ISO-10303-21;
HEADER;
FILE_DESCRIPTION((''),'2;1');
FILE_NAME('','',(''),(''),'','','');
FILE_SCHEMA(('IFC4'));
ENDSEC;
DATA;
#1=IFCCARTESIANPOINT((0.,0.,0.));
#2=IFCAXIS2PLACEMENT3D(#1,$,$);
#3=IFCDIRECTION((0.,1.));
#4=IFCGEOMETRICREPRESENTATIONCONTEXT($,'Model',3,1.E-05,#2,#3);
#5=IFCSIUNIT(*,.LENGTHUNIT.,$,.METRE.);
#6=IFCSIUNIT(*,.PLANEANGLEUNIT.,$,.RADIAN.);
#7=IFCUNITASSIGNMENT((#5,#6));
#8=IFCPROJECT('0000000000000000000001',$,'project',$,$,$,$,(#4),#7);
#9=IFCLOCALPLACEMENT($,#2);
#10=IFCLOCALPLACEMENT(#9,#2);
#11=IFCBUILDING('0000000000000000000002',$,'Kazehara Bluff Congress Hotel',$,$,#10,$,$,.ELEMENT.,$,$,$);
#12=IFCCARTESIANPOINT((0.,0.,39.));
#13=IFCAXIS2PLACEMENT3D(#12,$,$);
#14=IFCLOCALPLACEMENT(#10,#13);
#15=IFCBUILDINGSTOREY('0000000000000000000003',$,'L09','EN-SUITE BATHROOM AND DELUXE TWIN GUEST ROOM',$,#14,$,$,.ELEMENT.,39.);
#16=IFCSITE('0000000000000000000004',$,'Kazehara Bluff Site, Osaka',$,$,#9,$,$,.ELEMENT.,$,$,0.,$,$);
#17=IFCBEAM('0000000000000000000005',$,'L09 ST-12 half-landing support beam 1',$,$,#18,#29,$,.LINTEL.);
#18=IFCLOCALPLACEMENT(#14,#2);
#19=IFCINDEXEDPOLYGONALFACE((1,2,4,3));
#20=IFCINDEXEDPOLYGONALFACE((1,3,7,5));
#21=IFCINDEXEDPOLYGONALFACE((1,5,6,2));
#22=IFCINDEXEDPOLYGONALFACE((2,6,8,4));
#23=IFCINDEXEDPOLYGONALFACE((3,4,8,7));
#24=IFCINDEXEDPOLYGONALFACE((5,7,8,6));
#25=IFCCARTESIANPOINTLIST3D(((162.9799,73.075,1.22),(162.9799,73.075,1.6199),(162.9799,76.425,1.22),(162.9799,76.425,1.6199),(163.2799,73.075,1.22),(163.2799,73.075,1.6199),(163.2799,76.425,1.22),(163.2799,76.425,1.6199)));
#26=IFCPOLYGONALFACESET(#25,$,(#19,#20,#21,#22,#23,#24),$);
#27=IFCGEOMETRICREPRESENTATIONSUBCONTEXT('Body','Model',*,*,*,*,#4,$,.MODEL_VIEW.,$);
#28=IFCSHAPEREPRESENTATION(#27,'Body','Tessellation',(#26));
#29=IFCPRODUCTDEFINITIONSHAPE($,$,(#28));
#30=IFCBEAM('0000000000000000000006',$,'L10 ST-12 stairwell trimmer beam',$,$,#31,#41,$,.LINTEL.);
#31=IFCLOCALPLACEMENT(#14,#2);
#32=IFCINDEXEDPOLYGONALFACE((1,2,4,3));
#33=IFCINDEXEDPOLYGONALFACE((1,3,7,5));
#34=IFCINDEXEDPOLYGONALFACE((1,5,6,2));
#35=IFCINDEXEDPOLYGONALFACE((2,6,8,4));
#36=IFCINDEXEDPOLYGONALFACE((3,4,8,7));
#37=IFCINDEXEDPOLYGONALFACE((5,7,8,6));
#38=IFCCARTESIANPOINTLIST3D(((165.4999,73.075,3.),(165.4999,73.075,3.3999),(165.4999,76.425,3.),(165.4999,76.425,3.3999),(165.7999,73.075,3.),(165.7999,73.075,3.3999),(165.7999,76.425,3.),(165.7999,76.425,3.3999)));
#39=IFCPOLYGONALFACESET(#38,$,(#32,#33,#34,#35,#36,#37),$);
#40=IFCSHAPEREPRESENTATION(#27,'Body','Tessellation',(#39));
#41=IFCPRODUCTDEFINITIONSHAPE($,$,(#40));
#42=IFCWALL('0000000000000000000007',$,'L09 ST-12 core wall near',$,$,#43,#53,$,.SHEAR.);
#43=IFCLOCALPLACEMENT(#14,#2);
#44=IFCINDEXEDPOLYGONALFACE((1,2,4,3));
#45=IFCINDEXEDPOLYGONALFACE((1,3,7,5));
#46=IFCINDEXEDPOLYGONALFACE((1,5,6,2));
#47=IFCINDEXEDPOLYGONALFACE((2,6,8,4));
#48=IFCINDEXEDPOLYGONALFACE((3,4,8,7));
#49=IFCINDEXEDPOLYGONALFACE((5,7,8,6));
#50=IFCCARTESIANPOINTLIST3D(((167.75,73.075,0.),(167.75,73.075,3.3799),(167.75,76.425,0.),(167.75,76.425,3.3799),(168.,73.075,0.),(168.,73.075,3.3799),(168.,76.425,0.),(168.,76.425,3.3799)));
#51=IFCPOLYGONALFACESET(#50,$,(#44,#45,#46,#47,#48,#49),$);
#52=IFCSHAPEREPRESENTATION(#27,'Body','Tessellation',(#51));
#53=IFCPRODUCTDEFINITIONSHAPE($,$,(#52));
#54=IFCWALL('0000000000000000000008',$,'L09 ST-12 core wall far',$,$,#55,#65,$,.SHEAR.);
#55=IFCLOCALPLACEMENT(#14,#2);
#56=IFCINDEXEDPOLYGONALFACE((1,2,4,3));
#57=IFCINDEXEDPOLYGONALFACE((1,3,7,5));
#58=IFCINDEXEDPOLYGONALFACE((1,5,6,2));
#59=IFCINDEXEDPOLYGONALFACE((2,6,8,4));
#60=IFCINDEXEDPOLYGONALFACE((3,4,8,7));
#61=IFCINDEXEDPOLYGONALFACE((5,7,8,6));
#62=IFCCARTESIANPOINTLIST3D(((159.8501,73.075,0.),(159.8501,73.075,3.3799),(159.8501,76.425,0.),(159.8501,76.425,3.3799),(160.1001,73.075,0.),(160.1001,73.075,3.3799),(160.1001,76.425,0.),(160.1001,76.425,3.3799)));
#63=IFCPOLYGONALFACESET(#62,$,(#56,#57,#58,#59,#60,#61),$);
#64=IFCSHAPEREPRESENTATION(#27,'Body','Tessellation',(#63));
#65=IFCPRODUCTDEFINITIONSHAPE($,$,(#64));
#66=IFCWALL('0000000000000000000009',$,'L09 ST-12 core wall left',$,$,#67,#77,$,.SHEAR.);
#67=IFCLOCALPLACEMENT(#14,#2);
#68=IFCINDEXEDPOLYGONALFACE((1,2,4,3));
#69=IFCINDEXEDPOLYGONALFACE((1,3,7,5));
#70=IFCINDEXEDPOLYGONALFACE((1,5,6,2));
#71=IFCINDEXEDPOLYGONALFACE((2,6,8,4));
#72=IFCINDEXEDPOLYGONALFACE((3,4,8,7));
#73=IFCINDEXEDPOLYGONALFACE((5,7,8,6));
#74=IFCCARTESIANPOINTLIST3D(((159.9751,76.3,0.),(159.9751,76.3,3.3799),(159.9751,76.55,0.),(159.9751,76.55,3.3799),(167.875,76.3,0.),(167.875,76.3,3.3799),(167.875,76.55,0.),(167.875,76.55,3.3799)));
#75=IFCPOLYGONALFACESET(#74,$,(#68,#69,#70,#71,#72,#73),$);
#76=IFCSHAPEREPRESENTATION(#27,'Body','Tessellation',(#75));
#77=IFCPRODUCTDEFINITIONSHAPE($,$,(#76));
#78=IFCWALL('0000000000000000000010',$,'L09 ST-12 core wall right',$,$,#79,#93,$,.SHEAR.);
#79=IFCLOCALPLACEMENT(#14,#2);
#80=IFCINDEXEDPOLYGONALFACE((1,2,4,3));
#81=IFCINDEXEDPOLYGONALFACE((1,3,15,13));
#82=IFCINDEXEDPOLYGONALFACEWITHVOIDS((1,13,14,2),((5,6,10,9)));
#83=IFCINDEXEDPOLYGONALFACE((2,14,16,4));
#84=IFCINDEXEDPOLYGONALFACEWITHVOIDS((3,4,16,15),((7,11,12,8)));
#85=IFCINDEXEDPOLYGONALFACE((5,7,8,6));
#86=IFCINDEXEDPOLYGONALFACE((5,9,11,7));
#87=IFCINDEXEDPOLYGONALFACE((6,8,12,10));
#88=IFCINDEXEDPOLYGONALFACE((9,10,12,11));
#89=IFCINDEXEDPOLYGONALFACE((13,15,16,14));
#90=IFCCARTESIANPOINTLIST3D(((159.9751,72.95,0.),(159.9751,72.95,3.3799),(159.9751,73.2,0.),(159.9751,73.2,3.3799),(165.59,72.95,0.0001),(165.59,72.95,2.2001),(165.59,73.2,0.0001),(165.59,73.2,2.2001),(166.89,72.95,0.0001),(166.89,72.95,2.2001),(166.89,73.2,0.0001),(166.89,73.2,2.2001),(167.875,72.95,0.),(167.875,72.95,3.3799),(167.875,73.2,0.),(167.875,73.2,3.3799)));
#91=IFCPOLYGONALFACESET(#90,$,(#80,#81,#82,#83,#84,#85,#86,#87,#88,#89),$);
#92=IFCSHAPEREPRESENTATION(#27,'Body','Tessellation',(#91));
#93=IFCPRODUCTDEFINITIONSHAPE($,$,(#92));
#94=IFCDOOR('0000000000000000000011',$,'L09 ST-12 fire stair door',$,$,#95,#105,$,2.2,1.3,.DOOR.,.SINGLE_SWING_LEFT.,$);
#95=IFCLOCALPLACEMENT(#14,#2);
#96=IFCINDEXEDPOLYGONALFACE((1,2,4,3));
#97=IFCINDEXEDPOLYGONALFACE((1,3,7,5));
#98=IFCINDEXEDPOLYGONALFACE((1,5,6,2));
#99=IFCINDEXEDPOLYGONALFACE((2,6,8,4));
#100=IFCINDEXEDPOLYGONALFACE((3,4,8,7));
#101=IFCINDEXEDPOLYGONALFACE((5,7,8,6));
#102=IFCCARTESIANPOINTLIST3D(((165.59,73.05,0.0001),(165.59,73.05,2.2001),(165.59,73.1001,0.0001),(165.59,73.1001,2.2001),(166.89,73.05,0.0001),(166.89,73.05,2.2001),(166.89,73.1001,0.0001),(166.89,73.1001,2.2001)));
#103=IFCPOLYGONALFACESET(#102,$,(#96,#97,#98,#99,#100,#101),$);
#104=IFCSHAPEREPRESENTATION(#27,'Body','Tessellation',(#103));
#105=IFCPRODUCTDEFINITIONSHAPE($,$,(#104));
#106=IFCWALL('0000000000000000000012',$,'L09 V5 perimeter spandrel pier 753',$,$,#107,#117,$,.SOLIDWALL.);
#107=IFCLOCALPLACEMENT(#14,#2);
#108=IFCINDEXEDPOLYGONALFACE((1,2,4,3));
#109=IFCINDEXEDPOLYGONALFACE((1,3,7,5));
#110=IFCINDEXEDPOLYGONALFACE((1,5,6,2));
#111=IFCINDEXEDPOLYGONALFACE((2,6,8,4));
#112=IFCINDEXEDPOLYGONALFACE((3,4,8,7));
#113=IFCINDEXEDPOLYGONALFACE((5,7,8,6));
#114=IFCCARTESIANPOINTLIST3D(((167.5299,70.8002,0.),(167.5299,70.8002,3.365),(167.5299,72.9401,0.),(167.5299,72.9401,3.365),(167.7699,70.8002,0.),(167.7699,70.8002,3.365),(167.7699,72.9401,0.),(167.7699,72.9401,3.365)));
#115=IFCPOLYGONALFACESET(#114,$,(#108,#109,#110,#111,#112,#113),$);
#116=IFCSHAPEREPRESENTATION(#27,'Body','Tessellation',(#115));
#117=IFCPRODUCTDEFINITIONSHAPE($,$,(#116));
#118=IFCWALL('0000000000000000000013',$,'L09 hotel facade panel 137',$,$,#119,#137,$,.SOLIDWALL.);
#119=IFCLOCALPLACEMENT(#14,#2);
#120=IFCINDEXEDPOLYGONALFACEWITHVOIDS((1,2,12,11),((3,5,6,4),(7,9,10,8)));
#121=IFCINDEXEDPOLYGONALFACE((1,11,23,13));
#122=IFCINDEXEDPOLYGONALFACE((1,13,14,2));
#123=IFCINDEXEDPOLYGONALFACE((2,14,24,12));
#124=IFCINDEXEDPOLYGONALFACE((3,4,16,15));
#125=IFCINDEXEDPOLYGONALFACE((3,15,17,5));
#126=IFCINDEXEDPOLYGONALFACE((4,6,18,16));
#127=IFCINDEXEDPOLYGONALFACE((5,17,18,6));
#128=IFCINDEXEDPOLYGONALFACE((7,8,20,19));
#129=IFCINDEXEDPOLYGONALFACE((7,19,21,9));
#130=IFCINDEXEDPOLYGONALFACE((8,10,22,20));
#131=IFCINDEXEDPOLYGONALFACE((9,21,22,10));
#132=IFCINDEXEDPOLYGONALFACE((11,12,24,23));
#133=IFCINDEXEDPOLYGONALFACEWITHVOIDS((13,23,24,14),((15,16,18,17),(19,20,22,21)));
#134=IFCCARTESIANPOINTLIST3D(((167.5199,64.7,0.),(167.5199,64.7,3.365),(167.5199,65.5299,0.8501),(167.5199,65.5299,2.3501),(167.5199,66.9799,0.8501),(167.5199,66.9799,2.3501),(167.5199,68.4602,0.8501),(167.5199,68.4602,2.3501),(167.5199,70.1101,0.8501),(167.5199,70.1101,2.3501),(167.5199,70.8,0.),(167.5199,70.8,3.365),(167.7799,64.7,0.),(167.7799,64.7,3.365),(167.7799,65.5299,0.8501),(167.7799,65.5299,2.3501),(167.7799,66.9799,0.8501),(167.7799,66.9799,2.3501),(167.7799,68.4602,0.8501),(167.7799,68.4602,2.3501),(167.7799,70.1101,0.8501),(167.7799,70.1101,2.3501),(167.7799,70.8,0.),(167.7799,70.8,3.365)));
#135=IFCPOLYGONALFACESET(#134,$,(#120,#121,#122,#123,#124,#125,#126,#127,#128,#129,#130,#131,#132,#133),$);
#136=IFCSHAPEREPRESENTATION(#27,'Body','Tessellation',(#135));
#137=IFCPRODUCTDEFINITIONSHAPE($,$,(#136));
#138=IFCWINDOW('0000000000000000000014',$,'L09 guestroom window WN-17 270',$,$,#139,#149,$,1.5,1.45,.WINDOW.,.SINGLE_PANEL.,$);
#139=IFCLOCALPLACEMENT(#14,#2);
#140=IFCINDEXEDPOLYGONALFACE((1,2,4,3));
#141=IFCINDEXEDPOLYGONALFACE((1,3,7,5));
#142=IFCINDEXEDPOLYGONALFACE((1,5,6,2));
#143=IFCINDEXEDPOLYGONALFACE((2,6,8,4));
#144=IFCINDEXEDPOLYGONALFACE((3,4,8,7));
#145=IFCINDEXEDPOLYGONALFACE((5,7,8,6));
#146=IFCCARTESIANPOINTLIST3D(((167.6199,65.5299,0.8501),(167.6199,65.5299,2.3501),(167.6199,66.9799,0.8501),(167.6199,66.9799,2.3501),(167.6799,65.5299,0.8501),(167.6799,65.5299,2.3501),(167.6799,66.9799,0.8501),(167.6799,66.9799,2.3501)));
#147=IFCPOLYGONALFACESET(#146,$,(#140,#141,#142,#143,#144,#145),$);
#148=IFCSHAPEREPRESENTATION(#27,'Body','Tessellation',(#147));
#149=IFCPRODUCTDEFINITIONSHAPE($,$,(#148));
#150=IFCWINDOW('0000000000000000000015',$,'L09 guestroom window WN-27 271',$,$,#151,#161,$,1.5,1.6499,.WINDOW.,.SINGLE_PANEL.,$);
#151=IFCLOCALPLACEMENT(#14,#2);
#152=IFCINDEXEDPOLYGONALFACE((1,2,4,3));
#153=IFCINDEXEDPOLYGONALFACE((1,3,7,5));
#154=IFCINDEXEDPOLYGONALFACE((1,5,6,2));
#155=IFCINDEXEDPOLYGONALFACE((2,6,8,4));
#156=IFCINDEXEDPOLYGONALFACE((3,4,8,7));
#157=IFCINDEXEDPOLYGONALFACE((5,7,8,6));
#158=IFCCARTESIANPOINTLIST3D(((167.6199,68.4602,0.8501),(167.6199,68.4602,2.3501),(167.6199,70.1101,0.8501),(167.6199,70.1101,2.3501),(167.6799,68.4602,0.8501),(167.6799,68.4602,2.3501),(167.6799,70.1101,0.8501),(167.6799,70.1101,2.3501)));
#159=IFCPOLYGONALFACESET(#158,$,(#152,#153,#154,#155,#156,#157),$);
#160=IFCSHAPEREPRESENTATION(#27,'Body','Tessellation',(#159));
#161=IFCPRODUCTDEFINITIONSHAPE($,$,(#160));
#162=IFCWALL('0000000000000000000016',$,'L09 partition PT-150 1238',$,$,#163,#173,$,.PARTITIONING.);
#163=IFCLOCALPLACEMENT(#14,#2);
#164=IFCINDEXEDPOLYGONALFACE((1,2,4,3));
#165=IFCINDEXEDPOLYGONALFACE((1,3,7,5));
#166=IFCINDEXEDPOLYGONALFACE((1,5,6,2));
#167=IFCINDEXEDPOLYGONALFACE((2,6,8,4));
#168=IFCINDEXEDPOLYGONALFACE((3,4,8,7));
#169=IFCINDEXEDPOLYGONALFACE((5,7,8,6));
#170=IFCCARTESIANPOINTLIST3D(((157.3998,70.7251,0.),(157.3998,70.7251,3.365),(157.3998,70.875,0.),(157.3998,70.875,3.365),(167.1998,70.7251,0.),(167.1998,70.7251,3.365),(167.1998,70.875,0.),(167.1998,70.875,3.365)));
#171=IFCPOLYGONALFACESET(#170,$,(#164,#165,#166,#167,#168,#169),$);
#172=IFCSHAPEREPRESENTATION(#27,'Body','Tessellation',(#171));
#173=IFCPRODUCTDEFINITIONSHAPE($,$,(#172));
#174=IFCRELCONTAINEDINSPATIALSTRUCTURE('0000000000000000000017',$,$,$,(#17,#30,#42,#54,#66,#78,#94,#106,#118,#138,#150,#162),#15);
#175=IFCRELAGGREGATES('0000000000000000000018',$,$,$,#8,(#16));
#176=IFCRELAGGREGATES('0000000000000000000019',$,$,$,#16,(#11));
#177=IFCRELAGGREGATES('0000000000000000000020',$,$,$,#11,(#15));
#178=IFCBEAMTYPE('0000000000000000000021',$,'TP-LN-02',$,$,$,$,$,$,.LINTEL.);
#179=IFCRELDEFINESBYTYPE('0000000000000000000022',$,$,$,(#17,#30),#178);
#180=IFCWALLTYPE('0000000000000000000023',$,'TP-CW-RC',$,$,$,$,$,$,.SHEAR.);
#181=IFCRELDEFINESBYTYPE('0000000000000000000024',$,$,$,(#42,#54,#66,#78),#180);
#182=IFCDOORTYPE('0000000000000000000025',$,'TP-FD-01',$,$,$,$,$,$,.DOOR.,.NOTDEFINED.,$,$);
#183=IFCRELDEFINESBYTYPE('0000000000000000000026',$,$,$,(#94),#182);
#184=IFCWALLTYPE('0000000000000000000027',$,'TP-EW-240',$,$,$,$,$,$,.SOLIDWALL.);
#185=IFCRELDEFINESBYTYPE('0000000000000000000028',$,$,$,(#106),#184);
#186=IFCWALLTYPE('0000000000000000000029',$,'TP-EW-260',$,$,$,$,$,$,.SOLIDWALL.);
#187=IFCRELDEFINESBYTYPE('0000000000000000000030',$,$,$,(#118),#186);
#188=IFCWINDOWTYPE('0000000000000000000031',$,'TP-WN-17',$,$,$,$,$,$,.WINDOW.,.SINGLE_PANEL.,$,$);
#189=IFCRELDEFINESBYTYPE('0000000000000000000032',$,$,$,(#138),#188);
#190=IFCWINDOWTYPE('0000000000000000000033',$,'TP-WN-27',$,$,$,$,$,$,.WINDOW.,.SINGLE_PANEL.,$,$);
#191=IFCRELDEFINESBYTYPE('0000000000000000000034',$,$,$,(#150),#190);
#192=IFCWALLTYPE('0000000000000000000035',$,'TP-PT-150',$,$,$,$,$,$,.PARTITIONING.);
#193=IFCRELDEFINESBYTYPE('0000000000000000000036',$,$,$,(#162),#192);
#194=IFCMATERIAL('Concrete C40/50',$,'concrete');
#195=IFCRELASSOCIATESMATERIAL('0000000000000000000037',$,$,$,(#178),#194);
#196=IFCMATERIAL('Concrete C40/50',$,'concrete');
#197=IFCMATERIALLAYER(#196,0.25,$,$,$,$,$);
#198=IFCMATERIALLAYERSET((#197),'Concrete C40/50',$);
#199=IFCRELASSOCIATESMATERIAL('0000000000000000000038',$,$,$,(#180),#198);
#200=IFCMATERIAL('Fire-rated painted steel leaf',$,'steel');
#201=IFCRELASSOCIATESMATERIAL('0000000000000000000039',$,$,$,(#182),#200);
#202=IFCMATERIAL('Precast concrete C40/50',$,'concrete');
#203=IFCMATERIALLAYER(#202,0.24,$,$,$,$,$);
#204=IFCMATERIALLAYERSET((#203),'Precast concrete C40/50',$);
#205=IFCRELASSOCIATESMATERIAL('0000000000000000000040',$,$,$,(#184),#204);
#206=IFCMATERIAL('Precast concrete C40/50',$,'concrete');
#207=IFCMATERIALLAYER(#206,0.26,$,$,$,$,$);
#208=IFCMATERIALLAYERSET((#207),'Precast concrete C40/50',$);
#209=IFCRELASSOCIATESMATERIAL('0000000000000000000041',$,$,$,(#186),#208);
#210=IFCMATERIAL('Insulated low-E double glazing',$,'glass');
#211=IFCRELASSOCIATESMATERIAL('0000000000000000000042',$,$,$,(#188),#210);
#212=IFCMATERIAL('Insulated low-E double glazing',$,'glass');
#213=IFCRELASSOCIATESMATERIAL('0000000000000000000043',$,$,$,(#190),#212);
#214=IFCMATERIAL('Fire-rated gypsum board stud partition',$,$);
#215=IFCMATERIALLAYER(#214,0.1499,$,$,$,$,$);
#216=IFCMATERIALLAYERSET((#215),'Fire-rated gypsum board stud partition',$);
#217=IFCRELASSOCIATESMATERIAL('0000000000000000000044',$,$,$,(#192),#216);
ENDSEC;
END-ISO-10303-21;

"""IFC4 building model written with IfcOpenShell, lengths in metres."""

from ifc_helpers import new_model, si_unit, direction, frame, frame_2d, origin, origin_2d, place, context, subcontext, project, spatial, rectangle, extrude, material, layer, layer_set, material_profile, profile_set, type_object, element, fill, save


model = new_model("IFC4")

# Units and contexts
model_context = context("Model", 3, precision=1e-05, world=origin(), true_north=direction((0.0, 1.0)))
body_context = subcontext(model_context, "Body", "Model", "MODEL_VIEW")
ifc_project = project(units=[si_unit("LENGTHUNIT", "METRE"), si_unit("PLANEANGLEUNIT", "RADIAN")], contexts=[model_context])

# Site, building, storey
site_placement = place(None, origin())
site = spatial("IfcSite", under=ifc_project, at=site_placement, Name="Kazehara Bluff Site, Osaka", CompositionType="ELEMENT", RefElevation=0.0)
building_placement = place(site_placement, origin())
building = spatial("IfcBuilding", under=site, at=building_placement, Name="Kazehara Bluff Congress Hotel", CompositionType="ELEMENT")
storey_placement = place(building_placement, frame((0.0, 0.0, 39.0)))
storey = spatial("IfcBuildingStorey", under=building, at=storey_placement, Name="L09", Description="EN-SUITE BATHROOM AND DELUXE TWIN GUEST ROOM", CompositionType="ELEMENT", Elevation=39.0)

# Beams
ifc_material_1 = material(Name="Concrete C40/50", Category="concrete")
ifc_material_profile = material_profile(ifc_material_1, rectangle(XDim=0.3, YDim=0.3999, at=origin_2d()))
ifc_profile_set = profile_set([ifc_material_profile], Name="Concrete C40/50")
beam_type = type_object("IfcBeamType", Name="TP-LN-02", PredefinedType="LINTEL", material=ifc_profile_set)
for number, where, z_axis, x_axis, name in (
    (1, (163.1299, 76.425, 1.4199), (0.0, -1.0, 0.0), (1.0, 0.0, 0.0), "L09 ST-12 half-landing support beam 1"),
    (2, (165.6499, 76.425, 3.2), (0.0, -1.0, 0.0), (1.0, 0.0, 0.0), "L10 ST-12 stairwell trimmer beam"),
):
    element("IfcBeam", number, at=place(storey_placement, frame(where, z_axis=z_axis, x_axis=x_axis)), inside=storey, type_object=beam_type, Name=name, PredefinedType="LINTEL", context=body_context, shape_type="SweptSolid", body=[
        extrude(rectangle(XDim=0.3, YDim=0.3999, at=origin_2d()), origin(), (0.0, 0.0, 1.0), 3.3501),
    ])

# Walls
ifc_material_2 = material(Name="Concrete C40/50", Category="concrete")
ifc_layer_1 = layer(ifc_material_2, 0.25)
ifc_layer_set_1 = layer_set([ifc_layer_1], Name="Concrete C40/50")
wall_type_1 = type_object("IfcWallType", Name="TP-CW-RC", PredefinedType="SHEAR", material=ifc_layer_set_1)
for number, where, z_axis, x_axis, name in (
    (3, (167.875, 76.425, 0.0), (0.0, 0.0, 1.0), (0.0, -1.0, 0.0), "L09 ST-12 core wall near"),
    (4, (159.9751, 73.075, 0.0), (0.0, 0.0, 1.0), (0.0, 1.0, 0.0), "L09 ST-12 core wall far"),
):
    element("IfcWall", number, at=place(storey_placement, frame(where, z_axis=z_axis, x_axis=x_axis)), inside=storey, type_object=wall_type_1, Name=name, PredefinedType="SHEAR", context=body_context, shape_type="SweptSolid", body=[
        extrude(rectangle(XDim=3.3501, YDim=0.25, at=frame_2d((1.675, 0.0))), origin(), (0.0, 0.0, 1.0), 3.3799),
    ])
wall_1_placement = place(storey_placement, frame((159.9751, 76.425, 0.0), z_axis=(0.0, 0.0, 1.0), x_axis=(1.0, 0.0, 0.0)))
element("IfcWall", 5, at=wall_1_placement, inside=storey, type_object=wall_type_1, Name="L09 ST-12 core wall left", PredefinedType="SHEAR", context=body_context, shape_type="SweptSolid", body=[
    extrude(rectangle(XDim=7.8999, YDim=0.25, at=frame_2d((3.95, 0.0))), origin(), (0.0, 0.0, 1.0), 3.3799),
])

# Wall, opening, door
wall_2_placement = place(storey_placement, frame((167.875, 73.075, 0.0), z_axis=(0.0, 0.0, 1.0), x_axis=(-1.0, 0.0, 0.0)))
wall_2 = element("IfcWall", 6, at=wall_2_placement, inside=storey, type_object=wall_type_1, Name="L09 ST-12 core wall right", PredefinedType="SHEAR", context=body_context, shape_type="SweptSolid", body=[
    extrude(rectangle(XDim=7.8999, YDim=0.25, at=frame_2d((3.95, 0.0))), origin(), (0.0, 0.0, 1.0), 3.3799),
])
opening_1_placement = place(wall_2_placement, frame((0.9851, 0.0, 0.0)))
opening_1 = element("IfcOpeningElement", 7, at=opening_1_placement, cuts=wall_2, PredefinedType="OPENING", context=body_context, shape_type="SweptSolid", body=[
    extrude(rectangle(XDim=1.3, YDim=2.2, at=frame_2d((0.6499, 1.1001))), frame((0.0, 0.135, 0.0), z_axis=(0.0, -1.0, 0.0), x_axis=(1.0, 0.0, 0.0)), (0.0, 0.0, 1.0), 0.27),
])
ifc_material_3 = material(Name="Fire-rated painted steel leaf", Category="steel")
door_type_1 = type_object("IfcDoorType", Name="TP-FD-01", OperationType="NOTDEFINED", PredefinedType="DOOR", material=ifc_material_3)
door_1_placement = place(opening_1_placement, origin())
door_1 = element("IfcDoor", 8, at=door_1_placement, inside=storey, type_object=door_type_1, Name="L09 ST-12 fire stair door", OperationType="SINGLE_SWING_LEFT", OverallHeight=2.2, OverallWidth=1.3, PredefinedType="DOOR", context=body_context, shape_type="SweptSolid", body=[
    extrude(rectangle(XDim=1.3, YDim=2.2, at=frame_2d((0.6499, 1.1001))), frame((0.0, 0.0249, 0.0), z_axis=(0.0, -1.0, 0.0), x_axis=(1.0, 0.0, 0.0)), (0.0, 0.0, 1.0), 0.05),
])
fill(opening_1, door_1)

# Wall
ifc_material_4 = material(Name="Precast concrete C40/50", Category="concrete")
ifc_layer_2 = layer(ifc_material_4, 0.24)
ifc_layer_set_2 = layer_set([ifc_layer_2], Name="Precast concrete C40/50")
wall_type_2 = type_object("IfcWallType", Name="TP-EW-240", PredefinedType="SOLIDWALL", material=ifc_layer_set_2)
wall_3_placement = place(storey_placement, frame((167.6499, 72.9399, 0.0), z_axis=(0.0, 0.0, 1.0), x_axis=(0.0, -1.0, 0.0)))
element("IfcWall", 9, at=wall_3_placement, inside=storey, type_object=wall_type_2, Name="L09 V5 perimeter spandrel pier 753", PredefinedType="SOLIDWALL", context=body_context, shape_type="SweptSolid", body=[
    extrude(rectangle(XDim=2.1399, YDim=0.24, at=frame_2d((1.0698, 0.0))), origin(), (0.0, 0.0, 1.0), 3.365),
])

# Wall, openings, windows
ifc_material_5 = material(Name="Precast concrete C40/50", Category="concrete")
ifc_layer_3 = layer(ifc_material_5, 0.26)
ifc_layer_set_3 = layer_set([ifc_layer_3], Name="Precast concrete C40/50")
wall_type_3 = type_object("IfcWallType", Name="TP-EW-260", PredefinedType="SOLIDWALL", material=ifc_layer_set_3)
wall_4_placement = place(storey_placement, frame((167.6499, 70.8, 0.0), z_axis=(0.0, 0.0, 1.0), x_axis=(0.0, -1.0, 0.0)))
wall_4 = element("IfcWall", 10, at=wall_4_placement, inside=storey, type_object=wall_type_3, Name="L09 hotel facade panel 137", PredefinedType="SOLIDWALL", context=body_context, shape_type="SweptSolid", body=[
    extrude(rectangle(XDim=6.1001, YDim=0.26, at=frame_2d((3.05, 0.0))), origin(), (0.0, 0.0, 1.0), 3.365),
])
opening_2_placement = place(wall_4_placement, frame((3.8201, 0.0, 0.8501)))
opening_2 = element("IfcOpeningElement", 11, at=opening_2_placement, cuts=wall_4, PredefinedType="OPENING", context=body_context, shape_type="SweptSolid", body=[
    extrude(rectangle(XDim=1.45, YDim=1.5, at=frame_2d((0.7251, 0.75))), frame((0.0, 0.1399, 0.0), z_axis=(0.0, -1.0, 0.0), x_axis=(1.0, 0.0, 0.0)), (0.0, 0.0, 1.0), 0.28),
])
opening_3_placement = place(wall_4_placement, frame((0.6899, 0.0, 0.8501)))
opening_3 = element("IfcOpeningElement", 12, at=opening_3_placement, cuts=wall_4, PredefinedType="OPENING", context=body_context, shape_type="SweptSolid", body=[
    extrude(rectangle(XDim=1.6499, YDim=1.5, at=frame_2d((0.825, 0.75))), frame((0.0, 0.1399, 0.0), z_axis=(0.0, -1.0, 0.0), x_axis=(1.0, 0.0, 0.0)), (0.0, 0.0, 1.0), 0.28),
])
ifc_material_6 = material(Name="Insulated low-E double glazing", Category="glass")
window_type_1 = type_object("IfcWindowType", Name="TP-WN-17", PartitioningType="SINGLE_PANEL", PredefinedType="WINDOW", material=ifc_material_6)
window_1_placement = place(opening_2_placement, origin())
window_1 = element("IfcWindow", 13, at=window_1_placement, inside=storey, type_object=window_type_1, Name="L09 guestroom window WN-17 270", OverallHeight=1.5, OverallWidth=1.45, PartitioningType="SINGLE_PANEL", PredefinedType="WINDOW", context=body_context, shape_type="SweptSolid", body=[
    extrude(rectangle(XDim=1.45, YDim=1.5, at=frame_2d((0.7251, 0.75))), frame((0.0, 0.03, 0.0), z_axis=(0.0, -1.0, 0.0), x_axis=(1.0, 0.0, 0.0)), (0.0, 0.0, 1.0), 0.0601),
])
fill(opening_2, window_1)
ifc_material_7 = material(Name="Insulated low-E double glazing", Category="glass")
window_type_2 = type_object("IfcWindowType", Name="TP-WN-27", PartitioningType="SINGLE_PANEL", PredefinedType="WINDOW", material=ifc_material_7)
window_2_placement = place(opening_3_placement, origin())
window_2 = element("IfcWindow", 14, at=window_2_placement, inside=storey, type_object=window_type_2, Name="L09 guestroom window WN-27 271", OverallHeight=1.5, OverallWidth=1.6499, PartitioningType="SINGLE_PANEL", PredefinedType="WINDOW", context=body_context, shape_type="SweptSolid", body=[
    extrude(rectangle(XDim=1.6499, YDim=1.5, at=frame_2d((0.825, 0.75))), frame((0.0, 0.03, 0.0), z_axis=(0.0, -1.0, 0.0), x_axis=(1.0, 0.0, 0.0)), (0.0, 0.0, 1.0), 0.0601),
])
fill(opening_3, window_2)

# Shared definitions
ifc_material_8 = material(Name="Fire-rated gypsum board stud partition")
ifc_layer_4 = layer(ifc_material_8, 0.1499)
ifc_layer_set_4 = layer_set([ifc_layer_4], Name="Fire-rated gypsum board stud partition")
wall_type_4 = type_object("IfcWallType", Name="TP-PT-150", PredefinedType="PARTITIONING", material=ifc_layer_set_4)

# Wall
wall_5_placement = place(storey_placement, frame((157.3999, 70.8, 0.0), z_axis=(0.0, 0.0, 1.0), x_axis=(1.0, 0.0, 0.0)))
element("IfcWall", 15, at=wall_5_placement, inside=storey, type_object=wall_type_4, Name="L09 partition PT-150 1238", PredefinedType="PARTITIONING", context=body_context, shape_type="SweptSolid", body=[
    extrude(rectangle(XDim=9.8, YDim=0.1499, at=frame_2d((4.8999, 0.0))), origin(), (0.0, 0.0, 1.0), 3.365),
])

save(model, "model.ifc")
